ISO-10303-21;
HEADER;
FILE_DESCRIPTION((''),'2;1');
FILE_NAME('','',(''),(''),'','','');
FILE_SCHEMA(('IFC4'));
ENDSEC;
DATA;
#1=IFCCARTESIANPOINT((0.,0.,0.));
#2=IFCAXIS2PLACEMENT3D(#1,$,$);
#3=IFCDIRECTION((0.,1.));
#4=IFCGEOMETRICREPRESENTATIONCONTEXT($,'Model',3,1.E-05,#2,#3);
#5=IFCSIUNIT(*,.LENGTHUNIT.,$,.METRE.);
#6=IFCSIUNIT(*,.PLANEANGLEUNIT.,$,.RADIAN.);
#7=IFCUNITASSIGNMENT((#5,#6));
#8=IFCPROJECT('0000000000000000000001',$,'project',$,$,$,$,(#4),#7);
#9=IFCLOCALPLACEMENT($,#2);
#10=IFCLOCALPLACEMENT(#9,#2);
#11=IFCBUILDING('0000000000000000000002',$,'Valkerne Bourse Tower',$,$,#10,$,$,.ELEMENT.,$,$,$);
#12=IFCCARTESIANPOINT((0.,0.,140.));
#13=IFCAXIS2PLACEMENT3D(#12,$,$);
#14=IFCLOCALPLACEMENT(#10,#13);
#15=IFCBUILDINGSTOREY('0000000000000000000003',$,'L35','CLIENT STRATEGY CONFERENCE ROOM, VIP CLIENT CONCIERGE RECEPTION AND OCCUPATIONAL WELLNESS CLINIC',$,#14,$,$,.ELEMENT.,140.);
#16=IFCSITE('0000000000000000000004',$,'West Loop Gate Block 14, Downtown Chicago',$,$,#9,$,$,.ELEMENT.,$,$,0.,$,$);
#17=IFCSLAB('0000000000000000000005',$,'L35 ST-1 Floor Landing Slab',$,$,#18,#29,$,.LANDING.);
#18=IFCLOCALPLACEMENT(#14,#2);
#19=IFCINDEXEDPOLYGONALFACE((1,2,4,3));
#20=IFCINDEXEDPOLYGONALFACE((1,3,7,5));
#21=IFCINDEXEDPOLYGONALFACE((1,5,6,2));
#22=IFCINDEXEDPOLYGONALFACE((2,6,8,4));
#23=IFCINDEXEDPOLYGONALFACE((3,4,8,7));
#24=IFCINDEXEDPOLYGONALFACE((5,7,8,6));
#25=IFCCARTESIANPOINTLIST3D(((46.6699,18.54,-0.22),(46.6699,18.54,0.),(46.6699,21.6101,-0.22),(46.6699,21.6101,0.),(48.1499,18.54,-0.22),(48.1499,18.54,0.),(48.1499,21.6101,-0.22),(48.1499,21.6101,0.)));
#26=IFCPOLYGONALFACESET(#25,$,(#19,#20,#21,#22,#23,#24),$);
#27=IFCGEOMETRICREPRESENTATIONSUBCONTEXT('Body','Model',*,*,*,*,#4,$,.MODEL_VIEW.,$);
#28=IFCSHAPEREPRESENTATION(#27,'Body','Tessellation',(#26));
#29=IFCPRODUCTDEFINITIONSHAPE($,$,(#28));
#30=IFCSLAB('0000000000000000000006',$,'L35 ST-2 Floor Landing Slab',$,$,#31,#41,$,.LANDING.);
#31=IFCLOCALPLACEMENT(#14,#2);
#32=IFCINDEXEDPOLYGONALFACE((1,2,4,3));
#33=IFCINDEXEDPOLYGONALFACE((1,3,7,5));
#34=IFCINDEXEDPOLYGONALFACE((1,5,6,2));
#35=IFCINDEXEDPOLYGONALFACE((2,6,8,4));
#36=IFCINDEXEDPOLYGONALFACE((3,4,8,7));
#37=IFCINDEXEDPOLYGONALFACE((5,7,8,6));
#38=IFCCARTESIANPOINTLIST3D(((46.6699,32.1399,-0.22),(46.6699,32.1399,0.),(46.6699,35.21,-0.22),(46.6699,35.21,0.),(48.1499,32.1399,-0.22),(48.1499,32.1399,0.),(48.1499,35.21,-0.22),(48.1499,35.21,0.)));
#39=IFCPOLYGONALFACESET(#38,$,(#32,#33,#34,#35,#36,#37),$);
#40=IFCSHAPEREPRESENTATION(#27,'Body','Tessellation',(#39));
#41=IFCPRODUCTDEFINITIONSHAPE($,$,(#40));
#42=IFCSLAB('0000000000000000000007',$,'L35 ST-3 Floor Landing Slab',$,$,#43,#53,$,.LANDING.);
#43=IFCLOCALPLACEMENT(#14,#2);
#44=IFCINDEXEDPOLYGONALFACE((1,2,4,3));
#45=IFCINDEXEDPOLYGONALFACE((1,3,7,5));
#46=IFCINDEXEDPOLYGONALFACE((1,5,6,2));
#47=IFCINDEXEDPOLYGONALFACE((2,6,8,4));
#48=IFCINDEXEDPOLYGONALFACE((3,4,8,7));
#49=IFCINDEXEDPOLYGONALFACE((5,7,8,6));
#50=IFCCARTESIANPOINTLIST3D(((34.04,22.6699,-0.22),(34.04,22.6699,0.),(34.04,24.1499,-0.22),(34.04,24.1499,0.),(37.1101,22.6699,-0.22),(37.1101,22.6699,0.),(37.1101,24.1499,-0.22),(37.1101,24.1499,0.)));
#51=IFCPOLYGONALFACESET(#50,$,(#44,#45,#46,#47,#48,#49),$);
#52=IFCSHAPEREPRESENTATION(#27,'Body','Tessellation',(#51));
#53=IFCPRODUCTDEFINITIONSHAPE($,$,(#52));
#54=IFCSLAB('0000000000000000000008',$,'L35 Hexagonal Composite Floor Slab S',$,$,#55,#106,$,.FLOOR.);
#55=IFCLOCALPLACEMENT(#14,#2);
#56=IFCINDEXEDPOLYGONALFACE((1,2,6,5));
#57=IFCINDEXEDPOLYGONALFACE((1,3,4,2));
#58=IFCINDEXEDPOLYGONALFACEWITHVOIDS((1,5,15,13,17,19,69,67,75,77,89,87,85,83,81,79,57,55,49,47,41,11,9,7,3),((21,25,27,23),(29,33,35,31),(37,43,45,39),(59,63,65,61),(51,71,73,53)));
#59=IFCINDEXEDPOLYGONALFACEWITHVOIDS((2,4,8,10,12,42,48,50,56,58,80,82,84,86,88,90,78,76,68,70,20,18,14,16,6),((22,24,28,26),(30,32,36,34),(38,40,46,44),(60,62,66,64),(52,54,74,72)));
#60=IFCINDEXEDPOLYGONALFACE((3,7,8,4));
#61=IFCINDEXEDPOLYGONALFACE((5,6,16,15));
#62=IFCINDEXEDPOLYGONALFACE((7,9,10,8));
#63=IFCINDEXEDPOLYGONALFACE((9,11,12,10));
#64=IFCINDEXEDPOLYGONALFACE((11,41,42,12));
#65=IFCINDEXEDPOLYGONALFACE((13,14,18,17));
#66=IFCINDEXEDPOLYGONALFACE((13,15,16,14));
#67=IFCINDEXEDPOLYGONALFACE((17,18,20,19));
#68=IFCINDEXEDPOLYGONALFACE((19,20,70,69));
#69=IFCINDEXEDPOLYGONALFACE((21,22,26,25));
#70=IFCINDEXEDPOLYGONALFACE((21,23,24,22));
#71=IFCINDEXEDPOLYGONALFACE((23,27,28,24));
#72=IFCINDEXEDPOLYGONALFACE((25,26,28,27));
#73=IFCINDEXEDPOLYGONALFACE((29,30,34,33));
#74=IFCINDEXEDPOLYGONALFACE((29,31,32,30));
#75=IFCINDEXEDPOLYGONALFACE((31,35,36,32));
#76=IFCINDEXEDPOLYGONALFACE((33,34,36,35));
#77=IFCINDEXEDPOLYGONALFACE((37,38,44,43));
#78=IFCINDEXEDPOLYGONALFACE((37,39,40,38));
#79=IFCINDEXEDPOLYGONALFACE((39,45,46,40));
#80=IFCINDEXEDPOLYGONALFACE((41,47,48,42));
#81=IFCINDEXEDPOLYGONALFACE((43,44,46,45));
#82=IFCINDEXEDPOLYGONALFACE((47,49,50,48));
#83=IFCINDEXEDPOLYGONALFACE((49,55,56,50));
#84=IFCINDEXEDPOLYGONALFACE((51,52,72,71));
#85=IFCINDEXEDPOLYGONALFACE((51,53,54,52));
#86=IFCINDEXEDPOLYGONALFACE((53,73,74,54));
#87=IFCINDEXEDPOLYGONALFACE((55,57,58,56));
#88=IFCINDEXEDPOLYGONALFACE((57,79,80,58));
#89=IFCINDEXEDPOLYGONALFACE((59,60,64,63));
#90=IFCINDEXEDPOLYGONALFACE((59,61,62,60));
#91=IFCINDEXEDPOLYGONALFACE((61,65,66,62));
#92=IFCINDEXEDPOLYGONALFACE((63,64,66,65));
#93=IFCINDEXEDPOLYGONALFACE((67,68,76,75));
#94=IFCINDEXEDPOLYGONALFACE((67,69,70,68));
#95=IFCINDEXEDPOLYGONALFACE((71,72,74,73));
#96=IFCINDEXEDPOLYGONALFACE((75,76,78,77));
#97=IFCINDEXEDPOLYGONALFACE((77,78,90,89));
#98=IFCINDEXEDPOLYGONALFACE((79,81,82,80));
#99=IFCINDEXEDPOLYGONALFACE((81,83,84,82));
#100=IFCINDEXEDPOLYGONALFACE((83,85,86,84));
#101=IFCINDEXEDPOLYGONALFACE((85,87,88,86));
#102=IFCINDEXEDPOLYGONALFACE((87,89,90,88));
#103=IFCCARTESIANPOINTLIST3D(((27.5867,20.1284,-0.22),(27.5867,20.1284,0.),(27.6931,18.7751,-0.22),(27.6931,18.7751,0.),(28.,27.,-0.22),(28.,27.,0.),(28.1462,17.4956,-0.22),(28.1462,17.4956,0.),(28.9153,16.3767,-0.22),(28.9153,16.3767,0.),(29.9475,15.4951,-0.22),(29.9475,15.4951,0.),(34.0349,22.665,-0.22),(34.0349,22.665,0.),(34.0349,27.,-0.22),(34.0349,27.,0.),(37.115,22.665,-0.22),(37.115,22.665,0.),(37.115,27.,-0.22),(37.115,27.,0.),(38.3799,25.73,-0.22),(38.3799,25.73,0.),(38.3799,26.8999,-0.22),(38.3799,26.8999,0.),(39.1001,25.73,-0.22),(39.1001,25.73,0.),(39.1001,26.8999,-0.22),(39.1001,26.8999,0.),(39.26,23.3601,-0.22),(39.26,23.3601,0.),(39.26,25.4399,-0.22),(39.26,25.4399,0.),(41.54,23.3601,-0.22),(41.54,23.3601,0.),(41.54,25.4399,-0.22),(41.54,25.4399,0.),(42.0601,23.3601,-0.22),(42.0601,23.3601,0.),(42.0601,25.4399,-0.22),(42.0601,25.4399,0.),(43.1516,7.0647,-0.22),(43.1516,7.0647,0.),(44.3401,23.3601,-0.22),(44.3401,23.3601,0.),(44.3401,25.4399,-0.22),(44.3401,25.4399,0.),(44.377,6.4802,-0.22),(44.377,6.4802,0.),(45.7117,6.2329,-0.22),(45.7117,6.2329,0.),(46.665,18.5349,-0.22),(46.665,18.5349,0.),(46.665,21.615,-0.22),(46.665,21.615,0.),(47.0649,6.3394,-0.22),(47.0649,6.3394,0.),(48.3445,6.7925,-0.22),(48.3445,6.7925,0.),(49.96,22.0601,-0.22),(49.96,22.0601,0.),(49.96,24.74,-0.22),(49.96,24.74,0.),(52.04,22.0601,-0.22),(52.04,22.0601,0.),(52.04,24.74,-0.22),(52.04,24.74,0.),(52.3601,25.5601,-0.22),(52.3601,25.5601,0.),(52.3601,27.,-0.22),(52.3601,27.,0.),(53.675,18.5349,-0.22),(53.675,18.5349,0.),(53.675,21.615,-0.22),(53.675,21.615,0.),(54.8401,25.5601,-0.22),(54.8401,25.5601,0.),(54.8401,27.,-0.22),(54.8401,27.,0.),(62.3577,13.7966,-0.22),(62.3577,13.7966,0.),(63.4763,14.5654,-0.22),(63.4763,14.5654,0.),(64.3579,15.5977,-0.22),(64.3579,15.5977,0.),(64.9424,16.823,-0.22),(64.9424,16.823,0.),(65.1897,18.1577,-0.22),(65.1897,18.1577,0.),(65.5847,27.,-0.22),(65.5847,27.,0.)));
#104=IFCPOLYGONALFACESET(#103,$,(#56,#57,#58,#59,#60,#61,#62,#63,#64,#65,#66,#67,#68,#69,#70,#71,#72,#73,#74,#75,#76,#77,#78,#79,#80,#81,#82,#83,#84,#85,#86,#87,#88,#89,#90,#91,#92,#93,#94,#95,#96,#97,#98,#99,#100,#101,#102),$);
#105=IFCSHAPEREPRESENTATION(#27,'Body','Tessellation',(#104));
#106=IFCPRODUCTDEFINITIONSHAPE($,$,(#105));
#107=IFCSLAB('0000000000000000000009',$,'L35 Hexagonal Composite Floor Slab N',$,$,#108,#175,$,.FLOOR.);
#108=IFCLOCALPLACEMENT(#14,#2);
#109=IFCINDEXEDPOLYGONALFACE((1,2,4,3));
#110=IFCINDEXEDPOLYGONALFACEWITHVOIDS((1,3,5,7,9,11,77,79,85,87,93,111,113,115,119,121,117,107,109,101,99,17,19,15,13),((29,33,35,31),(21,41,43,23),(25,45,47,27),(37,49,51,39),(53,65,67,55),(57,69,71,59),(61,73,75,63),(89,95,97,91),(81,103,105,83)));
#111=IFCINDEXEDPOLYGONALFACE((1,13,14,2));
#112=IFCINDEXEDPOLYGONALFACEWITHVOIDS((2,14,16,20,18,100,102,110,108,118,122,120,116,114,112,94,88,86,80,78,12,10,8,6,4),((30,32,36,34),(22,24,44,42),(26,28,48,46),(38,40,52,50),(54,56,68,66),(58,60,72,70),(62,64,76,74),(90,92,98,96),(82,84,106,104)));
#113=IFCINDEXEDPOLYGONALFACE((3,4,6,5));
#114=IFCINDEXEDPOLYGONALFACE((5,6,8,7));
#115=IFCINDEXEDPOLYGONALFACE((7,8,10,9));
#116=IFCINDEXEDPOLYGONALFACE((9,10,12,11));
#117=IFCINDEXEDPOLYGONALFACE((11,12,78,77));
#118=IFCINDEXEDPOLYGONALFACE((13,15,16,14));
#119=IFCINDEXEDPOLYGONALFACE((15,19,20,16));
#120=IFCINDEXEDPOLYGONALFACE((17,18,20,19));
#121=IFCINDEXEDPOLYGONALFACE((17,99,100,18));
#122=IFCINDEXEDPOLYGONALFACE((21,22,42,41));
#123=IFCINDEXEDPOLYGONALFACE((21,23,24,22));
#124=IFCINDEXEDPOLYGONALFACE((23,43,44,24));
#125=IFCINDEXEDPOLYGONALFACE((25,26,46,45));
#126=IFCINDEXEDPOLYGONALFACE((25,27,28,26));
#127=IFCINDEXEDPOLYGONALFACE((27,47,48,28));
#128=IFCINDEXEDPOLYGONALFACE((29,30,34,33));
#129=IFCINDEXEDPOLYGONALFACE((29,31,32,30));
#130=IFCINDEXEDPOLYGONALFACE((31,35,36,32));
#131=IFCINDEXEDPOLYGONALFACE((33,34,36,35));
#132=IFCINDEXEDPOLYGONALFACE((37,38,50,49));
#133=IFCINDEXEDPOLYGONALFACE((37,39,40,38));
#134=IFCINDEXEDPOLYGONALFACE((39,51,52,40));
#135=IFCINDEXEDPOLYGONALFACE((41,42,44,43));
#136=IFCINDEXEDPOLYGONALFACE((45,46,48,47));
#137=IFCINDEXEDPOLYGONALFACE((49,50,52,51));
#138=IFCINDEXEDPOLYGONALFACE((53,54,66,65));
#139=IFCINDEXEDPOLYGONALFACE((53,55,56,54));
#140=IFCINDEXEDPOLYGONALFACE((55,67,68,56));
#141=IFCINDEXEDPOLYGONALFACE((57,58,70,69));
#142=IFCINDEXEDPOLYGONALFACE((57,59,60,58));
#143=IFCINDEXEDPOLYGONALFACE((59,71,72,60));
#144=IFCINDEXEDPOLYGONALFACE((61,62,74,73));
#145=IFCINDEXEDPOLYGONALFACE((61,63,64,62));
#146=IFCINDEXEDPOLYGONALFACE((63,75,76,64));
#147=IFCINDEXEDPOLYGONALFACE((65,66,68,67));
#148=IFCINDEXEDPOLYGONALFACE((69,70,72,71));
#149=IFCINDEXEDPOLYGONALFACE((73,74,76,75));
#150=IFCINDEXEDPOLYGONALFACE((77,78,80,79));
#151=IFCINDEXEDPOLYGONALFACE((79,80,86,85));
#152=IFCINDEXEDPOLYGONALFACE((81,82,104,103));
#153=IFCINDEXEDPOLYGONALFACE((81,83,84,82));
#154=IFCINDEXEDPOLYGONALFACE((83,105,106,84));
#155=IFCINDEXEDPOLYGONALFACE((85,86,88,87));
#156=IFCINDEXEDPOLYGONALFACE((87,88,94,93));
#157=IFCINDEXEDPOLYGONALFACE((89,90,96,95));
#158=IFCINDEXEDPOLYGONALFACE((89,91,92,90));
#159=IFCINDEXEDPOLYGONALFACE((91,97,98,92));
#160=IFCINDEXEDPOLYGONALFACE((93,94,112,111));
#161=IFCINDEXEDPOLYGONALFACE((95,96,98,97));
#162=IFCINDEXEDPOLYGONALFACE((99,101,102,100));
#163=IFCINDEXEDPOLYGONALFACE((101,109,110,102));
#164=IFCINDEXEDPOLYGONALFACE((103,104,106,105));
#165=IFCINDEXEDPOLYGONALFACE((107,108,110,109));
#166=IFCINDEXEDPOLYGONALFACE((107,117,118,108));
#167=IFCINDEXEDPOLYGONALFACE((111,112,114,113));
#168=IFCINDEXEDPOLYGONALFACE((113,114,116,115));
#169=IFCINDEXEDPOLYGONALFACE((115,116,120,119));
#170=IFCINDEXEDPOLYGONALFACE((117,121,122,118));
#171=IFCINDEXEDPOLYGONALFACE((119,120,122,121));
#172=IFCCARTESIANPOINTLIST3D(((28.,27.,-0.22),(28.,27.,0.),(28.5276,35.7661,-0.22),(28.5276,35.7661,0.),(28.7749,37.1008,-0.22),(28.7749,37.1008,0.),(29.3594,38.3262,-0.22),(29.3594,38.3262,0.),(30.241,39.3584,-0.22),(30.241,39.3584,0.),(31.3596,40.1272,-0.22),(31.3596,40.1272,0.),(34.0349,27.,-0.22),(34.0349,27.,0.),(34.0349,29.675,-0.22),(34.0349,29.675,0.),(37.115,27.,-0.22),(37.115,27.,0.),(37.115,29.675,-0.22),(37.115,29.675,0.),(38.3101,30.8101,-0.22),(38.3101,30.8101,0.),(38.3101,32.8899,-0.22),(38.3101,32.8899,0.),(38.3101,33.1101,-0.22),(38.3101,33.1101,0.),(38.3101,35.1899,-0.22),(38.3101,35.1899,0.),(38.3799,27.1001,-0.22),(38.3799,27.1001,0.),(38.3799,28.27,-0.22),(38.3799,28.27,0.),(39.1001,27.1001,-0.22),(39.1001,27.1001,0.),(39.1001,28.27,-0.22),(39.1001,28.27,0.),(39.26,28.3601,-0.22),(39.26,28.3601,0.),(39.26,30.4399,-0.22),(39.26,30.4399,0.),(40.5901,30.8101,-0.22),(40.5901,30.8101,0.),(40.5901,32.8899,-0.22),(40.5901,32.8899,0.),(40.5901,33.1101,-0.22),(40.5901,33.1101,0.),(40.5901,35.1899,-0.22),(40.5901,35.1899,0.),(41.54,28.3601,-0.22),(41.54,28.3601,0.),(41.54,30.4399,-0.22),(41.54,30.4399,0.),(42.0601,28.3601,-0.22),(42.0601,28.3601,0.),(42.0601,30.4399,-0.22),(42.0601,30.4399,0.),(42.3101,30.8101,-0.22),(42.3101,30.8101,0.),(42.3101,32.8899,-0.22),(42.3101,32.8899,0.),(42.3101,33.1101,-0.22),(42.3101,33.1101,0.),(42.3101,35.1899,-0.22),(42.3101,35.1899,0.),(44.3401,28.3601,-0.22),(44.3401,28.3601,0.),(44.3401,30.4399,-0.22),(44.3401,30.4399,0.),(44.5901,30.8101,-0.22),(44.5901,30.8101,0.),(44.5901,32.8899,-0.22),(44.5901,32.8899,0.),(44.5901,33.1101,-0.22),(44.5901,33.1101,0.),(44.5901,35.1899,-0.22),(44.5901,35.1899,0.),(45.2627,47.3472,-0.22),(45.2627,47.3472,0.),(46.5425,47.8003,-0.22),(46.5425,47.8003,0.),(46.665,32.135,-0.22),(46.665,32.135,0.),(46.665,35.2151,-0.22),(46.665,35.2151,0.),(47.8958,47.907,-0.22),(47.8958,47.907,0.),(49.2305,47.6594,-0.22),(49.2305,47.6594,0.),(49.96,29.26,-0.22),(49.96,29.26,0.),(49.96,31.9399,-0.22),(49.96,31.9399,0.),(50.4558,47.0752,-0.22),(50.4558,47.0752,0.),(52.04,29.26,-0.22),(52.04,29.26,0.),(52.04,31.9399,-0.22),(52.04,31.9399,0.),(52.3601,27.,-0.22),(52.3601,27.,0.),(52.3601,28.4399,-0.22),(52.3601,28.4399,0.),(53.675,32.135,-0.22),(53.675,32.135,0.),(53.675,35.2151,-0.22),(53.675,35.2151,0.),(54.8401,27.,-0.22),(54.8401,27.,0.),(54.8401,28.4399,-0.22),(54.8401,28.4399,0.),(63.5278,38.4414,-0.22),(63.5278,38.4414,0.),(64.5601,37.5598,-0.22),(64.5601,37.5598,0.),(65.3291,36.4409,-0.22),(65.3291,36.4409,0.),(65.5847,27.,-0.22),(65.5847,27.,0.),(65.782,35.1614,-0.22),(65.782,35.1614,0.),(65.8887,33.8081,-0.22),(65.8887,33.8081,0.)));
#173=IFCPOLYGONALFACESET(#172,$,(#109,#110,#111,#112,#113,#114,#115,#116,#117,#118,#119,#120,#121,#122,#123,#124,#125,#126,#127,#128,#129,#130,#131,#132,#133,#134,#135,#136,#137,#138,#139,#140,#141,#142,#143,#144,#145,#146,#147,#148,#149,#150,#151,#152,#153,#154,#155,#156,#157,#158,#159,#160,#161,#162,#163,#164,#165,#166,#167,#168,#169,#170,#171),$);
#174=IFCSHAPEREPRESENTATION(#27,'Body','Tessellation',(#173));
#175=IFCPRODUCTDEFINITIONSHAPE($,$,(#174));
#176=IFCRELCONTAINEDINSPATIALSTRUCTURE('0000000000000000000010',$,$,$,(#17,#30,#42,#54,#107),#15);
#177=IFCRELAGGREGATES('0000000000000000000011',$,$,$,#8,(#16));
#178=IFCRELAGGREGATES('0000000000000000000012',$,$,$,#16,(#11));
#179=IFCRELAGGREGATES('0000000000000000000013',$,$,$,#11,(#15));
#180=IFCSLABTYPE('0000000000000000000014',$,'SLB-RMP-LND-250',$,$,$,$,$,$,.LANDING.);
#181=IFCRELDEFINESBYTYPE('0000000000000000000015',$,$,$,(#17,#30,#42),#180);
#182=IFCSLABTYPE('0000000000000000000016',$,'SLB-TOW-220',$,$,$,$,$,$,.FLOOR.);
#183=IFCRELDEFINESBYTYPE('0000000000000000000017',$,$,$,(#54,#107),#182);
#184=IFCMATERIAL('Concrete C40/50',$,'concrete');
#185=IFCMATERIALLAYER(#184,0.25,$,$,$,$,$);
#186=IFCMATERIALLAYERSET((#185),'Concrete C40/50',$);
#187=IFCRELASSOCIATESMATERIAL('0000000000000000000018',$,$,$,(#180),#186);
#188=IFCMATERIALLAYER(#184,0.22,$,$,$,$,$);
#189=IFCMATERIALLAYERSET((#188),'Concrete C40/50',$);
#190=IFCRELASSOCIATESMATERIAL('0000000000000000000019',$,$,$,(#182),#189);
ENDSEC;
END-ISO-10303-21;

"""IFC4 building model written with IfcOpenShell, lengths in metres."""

from ifc_helpers import new_model, si_unit, direction, frame, origin, place, context, subcontext, project, spatial, polyline, outline, extrude, material, layer, layer_set, type_object, element, save


model = new_model("IFC4")

# Units and contexts
model_context = context("Model", 3, precision=1e-05, world=origin(), true_north=direction((0.0, 1.0)))
body_context = subcontext(model_context, "Body", "Model", "MODEL_VIEW")
ifc_project = project(units=[si_unit("LENGTHUNIT", "METRE"), si_unit("PLANEANGLEUNIT", "RADIAN")], contexts=[model_context])

# Site, building, storey
site_placement = place(None, origin())
site = spatial("IfcSite", under=ifc_project, at=site_placement, Name="West Loop Gate Block 14, Downtown Chicago", CompositionType="ELEMENT", RefElevation=0.0)
building_placement = place(site_placement, origin())
building = spatial("IfcBuilding", under=site, at=building_placement, Name="Valkerne Bourse Tower", CompositionType="ELEMENT")
storey_placement = place(building_placement, frame((0.0, 0.0, 140.0)))
storey = spatial("IfcBuildingStorey", under=building, at=storey_placement, Name="L35", Description="CLIENT STRATEGY CONFERENCE ROOM, VIP CLIENT CONCIERGE RECEPTION AND OCCUPATIONAL WELLNESS CLINIC", CompositionType="ELEMENT", Elevation=140.0)

# Slabs
ifc_material_1 = material(Name="Concrete C40/50", Category="concrete")
ifc_layer_1 = layer(ifc_material_1, 0.25)
ifc_layer_set_1 = layer_set([ifc_layer_1], Name="Concrete C40/50")
slab_type_1 = type_object("IfcSlabType", Name="SLB-RMP-LND-250", PredefinedType="LANDING", material=ifc_layer_set_1)
slab_1_placement = place(storey_placement, frame((0.0, 0.0, -0.22)))
element("IfcSlab", 1, at=slab_1_placement, inside=storey, type_object=slab_type_1, Name="L35 ST-1 Floor Landing Slab", PredefinedType="LANDING", context=body_context, shape_type="SweptSolid", body=[
    extrude(outline(polyline([(46.6699, 18.54), (48.1499, 18.54), (48.1499, 21.6101), (46.6699, 21.6101), (46.6699, 18.54)])), origin(), (0.0, 0.0, 1.0), 0.22),
])
slab_2_placement = place(storey_placement, frame((0.0, 0.0, -0.22)))
element("IfcSlab", 2, at=slab_2_placement, inside=storey, type_object=slab_type_1, Name="L35 ST-2 Floor Landing Slab", PredefinedType="LANDING", context=body_context, shape_type="SweptSolid", body=[
    extrude(outline(polyline([(46.6699, 32.1399), (48.1499, 32.1399), (48.1499, 35.21), (46.6699, 35.21), (46.6699, 32.1399)])), origin(), (0.0, 0.0, 1.0), 0.22),
])
slab_3_placement = place(storey_placement, frame((0.0, 0.0, -0.22)))
element("IfcSlab", 3, at=slab_3_placement, inside=storey, type_object=slab_type_1, Name="L35 ST-3 Floor Landing Slab", PredefinedType="LANDING", context=body_context, shape_type="SweptSolid", body=[
    extrude(outline(polyline([(37.1101, 22.6699), (37.1101, 24.1499), (34.04, 24.1499), (34.04, 22.6699), (37.1101, 22.6699)])), origin(), (0.0, 0.0, 1.0), 0.22),
])
ifc_layer_2 = layer(ifc_material_1, 0.22)
ifc_layer_set_2 = layer_set([ifc_layer_2], Name="Concrete C40/50")
slab_type_2 = type_object("IfcSlabType", Name="SLB-TOW-220", PredefinedType="FLOOR", material=ifc_layer_set_2)
slab_4_placement = place(storey_placement, frame((0.0, 0.0, -0.22)))
element("IfcSlab", 4, at=slab_4_placement, inside=storey, type_object=slab_type_2, Name="L35 Hexagonal Composite Floor Slab S", PredefinedType="FLOOR", context=body_context, shape_type="SweptSolid", body=[
    extrude(outline(polyline([(64.9424, 16.823), (64.3579, 15.5977), (63.4763, 14.5654), (62.3577, 13.7966), (48.3445, 6.7925), (47.0649, 6.3394), (45.7117, 6.2329), (44.377, 6.4802), (43.1516, 7.0647), (29.9475, 15.4951), (28.9153, 16.3767), (28.1462, 17.4956), (27.6931, 18.7751), (27.5867, 20.1284), (28.0, 27.0), (34.0349, 27.0), (34.0349, 22.665), (37.115, 22.665), (37.115, 27.0), (52.3601, 27.0), (52.3601, 25.5601), (54.8401, 25.5601), (54.8401, 27.0), (65.5847, 27.0), (65.1897, 18.1577), (64.9424, 16.823)]), holes=[polyline([(41.54, 25.4399), (39.26, 25.4399), (39.26, 23.3601), (41.54, 23.3601), (41.54, 25.4399)]), polyline([(44.3401, 25.4399), (42.0601, 25.4399), (42.0601, 23.3601), (44.3401, 23.3601), (44.3401, 25.4399)]), polyline([(39.1001, 26.8999), (38.3799, 26.8999), (38.3799, 25.73), (39.1001, 25.73), (39.1001, 26.8999)]), polyline([(53.675, 21.615), (46.665, 21.615), (46.665, 18.5349), (53.675, 18.5349), (53.675, 21.615)]), polyline([(52.04, 24.74), (49.96, 24.74), (49.96, 22.0601), (52.04, 22.0601), (52.04, 24.74)])]), origin(), (0.0, 0.0, 1.0), 0.22),
])
slab_5_placement = place(storey_placement, frame((0.0, 0.0, -0.22)))
element("IfcSlab", 5, at=slab_5_placement, inside=storey, type_object=slab_type_2, Name="L35 Hexagonal Composite Floor Slab N", PredefinedType="FLOOR", context=body_context, shape_type="SweptSolid", body=[
    extrude(outline(polyline([(28.5276, 35.7661), (28.7749, 37.1008), (29.3594, 38.3262), (30.241, 39.3584), (31.3596, 40.1272), (45.2627, 47.3472), (46.5425, 47.8003), (47.8958, 47.907), (49.2305, 47.6594), (50.4558, 47.0752), (63.5278, 38.4414), (64.5601, 37.5598), (65.3291, 36.4409), (65.782, 35.1614), (65.8887, 33.8081), (65.5847, 27.0), (54.8401, 27.0), (54.8401, 28.4399), (52.3601, 28.4399), (52.3601, 27.0), (37.115, 27.0), (37.115, 29.675), (34.0349, 29.675), (34.0349, 27.0), (28.0, 27.0), (28.5276, 35.7661)]), holes=[polyline([(39.1001, 28.27), (38.3799, 28.27), (38.3799, 27.1001), (39.1001, 27.1001), (39.1001, 28.27)]), polyline([(41.54, 30.4399), (39.26, 30.4399), (39.26, 28.3601), (41.54, 28.3601), (41.54, 30.4399)]), polyline([(40.5901, 32.8899), (38.3101, 32.8899), (38.3101, 30.8101), (40.5901, 30.8101), (40.5901, 32.8899)]), polyline([(40.5901, 35.1899), (38.3101, 35.1899), (38.3101, 33.1101), (40.5901, 33.1101), (40.5901, 35.1899)]), polyline([(44.3401, 30.4399), (42.0601, 30.4399), (42.0601, 28.3601), (44.3401, 28.3601), (44.3401, 30.4399)]), polyline([(52.04, 31.9399), (49.96, 31.9399), (49.96, 29.26), (52.04, 29.26), (52.04, 31.9399)]), polyline([(44.5901, 32.8899), (42.3101, 32.8899), (42.3101, 30.8101), (44.5901, 30.8101), (44.5901, 32.8899)]), polyline([(53.675, 35.2151), (46.665, 35.2151), (46.665, 32.135), (53.675, 32.135), (53.675, 35.2151)]), polyline([(44.5901, 35.1899), (42.3101, 35.1899), (42.3101, 33.1101), (44.5901, 33.1101), (44.5901, 35.1899)])]), origin(), (0.0, 0.0, 1.0), 0.22),
])

save(model, "model.ifc")
